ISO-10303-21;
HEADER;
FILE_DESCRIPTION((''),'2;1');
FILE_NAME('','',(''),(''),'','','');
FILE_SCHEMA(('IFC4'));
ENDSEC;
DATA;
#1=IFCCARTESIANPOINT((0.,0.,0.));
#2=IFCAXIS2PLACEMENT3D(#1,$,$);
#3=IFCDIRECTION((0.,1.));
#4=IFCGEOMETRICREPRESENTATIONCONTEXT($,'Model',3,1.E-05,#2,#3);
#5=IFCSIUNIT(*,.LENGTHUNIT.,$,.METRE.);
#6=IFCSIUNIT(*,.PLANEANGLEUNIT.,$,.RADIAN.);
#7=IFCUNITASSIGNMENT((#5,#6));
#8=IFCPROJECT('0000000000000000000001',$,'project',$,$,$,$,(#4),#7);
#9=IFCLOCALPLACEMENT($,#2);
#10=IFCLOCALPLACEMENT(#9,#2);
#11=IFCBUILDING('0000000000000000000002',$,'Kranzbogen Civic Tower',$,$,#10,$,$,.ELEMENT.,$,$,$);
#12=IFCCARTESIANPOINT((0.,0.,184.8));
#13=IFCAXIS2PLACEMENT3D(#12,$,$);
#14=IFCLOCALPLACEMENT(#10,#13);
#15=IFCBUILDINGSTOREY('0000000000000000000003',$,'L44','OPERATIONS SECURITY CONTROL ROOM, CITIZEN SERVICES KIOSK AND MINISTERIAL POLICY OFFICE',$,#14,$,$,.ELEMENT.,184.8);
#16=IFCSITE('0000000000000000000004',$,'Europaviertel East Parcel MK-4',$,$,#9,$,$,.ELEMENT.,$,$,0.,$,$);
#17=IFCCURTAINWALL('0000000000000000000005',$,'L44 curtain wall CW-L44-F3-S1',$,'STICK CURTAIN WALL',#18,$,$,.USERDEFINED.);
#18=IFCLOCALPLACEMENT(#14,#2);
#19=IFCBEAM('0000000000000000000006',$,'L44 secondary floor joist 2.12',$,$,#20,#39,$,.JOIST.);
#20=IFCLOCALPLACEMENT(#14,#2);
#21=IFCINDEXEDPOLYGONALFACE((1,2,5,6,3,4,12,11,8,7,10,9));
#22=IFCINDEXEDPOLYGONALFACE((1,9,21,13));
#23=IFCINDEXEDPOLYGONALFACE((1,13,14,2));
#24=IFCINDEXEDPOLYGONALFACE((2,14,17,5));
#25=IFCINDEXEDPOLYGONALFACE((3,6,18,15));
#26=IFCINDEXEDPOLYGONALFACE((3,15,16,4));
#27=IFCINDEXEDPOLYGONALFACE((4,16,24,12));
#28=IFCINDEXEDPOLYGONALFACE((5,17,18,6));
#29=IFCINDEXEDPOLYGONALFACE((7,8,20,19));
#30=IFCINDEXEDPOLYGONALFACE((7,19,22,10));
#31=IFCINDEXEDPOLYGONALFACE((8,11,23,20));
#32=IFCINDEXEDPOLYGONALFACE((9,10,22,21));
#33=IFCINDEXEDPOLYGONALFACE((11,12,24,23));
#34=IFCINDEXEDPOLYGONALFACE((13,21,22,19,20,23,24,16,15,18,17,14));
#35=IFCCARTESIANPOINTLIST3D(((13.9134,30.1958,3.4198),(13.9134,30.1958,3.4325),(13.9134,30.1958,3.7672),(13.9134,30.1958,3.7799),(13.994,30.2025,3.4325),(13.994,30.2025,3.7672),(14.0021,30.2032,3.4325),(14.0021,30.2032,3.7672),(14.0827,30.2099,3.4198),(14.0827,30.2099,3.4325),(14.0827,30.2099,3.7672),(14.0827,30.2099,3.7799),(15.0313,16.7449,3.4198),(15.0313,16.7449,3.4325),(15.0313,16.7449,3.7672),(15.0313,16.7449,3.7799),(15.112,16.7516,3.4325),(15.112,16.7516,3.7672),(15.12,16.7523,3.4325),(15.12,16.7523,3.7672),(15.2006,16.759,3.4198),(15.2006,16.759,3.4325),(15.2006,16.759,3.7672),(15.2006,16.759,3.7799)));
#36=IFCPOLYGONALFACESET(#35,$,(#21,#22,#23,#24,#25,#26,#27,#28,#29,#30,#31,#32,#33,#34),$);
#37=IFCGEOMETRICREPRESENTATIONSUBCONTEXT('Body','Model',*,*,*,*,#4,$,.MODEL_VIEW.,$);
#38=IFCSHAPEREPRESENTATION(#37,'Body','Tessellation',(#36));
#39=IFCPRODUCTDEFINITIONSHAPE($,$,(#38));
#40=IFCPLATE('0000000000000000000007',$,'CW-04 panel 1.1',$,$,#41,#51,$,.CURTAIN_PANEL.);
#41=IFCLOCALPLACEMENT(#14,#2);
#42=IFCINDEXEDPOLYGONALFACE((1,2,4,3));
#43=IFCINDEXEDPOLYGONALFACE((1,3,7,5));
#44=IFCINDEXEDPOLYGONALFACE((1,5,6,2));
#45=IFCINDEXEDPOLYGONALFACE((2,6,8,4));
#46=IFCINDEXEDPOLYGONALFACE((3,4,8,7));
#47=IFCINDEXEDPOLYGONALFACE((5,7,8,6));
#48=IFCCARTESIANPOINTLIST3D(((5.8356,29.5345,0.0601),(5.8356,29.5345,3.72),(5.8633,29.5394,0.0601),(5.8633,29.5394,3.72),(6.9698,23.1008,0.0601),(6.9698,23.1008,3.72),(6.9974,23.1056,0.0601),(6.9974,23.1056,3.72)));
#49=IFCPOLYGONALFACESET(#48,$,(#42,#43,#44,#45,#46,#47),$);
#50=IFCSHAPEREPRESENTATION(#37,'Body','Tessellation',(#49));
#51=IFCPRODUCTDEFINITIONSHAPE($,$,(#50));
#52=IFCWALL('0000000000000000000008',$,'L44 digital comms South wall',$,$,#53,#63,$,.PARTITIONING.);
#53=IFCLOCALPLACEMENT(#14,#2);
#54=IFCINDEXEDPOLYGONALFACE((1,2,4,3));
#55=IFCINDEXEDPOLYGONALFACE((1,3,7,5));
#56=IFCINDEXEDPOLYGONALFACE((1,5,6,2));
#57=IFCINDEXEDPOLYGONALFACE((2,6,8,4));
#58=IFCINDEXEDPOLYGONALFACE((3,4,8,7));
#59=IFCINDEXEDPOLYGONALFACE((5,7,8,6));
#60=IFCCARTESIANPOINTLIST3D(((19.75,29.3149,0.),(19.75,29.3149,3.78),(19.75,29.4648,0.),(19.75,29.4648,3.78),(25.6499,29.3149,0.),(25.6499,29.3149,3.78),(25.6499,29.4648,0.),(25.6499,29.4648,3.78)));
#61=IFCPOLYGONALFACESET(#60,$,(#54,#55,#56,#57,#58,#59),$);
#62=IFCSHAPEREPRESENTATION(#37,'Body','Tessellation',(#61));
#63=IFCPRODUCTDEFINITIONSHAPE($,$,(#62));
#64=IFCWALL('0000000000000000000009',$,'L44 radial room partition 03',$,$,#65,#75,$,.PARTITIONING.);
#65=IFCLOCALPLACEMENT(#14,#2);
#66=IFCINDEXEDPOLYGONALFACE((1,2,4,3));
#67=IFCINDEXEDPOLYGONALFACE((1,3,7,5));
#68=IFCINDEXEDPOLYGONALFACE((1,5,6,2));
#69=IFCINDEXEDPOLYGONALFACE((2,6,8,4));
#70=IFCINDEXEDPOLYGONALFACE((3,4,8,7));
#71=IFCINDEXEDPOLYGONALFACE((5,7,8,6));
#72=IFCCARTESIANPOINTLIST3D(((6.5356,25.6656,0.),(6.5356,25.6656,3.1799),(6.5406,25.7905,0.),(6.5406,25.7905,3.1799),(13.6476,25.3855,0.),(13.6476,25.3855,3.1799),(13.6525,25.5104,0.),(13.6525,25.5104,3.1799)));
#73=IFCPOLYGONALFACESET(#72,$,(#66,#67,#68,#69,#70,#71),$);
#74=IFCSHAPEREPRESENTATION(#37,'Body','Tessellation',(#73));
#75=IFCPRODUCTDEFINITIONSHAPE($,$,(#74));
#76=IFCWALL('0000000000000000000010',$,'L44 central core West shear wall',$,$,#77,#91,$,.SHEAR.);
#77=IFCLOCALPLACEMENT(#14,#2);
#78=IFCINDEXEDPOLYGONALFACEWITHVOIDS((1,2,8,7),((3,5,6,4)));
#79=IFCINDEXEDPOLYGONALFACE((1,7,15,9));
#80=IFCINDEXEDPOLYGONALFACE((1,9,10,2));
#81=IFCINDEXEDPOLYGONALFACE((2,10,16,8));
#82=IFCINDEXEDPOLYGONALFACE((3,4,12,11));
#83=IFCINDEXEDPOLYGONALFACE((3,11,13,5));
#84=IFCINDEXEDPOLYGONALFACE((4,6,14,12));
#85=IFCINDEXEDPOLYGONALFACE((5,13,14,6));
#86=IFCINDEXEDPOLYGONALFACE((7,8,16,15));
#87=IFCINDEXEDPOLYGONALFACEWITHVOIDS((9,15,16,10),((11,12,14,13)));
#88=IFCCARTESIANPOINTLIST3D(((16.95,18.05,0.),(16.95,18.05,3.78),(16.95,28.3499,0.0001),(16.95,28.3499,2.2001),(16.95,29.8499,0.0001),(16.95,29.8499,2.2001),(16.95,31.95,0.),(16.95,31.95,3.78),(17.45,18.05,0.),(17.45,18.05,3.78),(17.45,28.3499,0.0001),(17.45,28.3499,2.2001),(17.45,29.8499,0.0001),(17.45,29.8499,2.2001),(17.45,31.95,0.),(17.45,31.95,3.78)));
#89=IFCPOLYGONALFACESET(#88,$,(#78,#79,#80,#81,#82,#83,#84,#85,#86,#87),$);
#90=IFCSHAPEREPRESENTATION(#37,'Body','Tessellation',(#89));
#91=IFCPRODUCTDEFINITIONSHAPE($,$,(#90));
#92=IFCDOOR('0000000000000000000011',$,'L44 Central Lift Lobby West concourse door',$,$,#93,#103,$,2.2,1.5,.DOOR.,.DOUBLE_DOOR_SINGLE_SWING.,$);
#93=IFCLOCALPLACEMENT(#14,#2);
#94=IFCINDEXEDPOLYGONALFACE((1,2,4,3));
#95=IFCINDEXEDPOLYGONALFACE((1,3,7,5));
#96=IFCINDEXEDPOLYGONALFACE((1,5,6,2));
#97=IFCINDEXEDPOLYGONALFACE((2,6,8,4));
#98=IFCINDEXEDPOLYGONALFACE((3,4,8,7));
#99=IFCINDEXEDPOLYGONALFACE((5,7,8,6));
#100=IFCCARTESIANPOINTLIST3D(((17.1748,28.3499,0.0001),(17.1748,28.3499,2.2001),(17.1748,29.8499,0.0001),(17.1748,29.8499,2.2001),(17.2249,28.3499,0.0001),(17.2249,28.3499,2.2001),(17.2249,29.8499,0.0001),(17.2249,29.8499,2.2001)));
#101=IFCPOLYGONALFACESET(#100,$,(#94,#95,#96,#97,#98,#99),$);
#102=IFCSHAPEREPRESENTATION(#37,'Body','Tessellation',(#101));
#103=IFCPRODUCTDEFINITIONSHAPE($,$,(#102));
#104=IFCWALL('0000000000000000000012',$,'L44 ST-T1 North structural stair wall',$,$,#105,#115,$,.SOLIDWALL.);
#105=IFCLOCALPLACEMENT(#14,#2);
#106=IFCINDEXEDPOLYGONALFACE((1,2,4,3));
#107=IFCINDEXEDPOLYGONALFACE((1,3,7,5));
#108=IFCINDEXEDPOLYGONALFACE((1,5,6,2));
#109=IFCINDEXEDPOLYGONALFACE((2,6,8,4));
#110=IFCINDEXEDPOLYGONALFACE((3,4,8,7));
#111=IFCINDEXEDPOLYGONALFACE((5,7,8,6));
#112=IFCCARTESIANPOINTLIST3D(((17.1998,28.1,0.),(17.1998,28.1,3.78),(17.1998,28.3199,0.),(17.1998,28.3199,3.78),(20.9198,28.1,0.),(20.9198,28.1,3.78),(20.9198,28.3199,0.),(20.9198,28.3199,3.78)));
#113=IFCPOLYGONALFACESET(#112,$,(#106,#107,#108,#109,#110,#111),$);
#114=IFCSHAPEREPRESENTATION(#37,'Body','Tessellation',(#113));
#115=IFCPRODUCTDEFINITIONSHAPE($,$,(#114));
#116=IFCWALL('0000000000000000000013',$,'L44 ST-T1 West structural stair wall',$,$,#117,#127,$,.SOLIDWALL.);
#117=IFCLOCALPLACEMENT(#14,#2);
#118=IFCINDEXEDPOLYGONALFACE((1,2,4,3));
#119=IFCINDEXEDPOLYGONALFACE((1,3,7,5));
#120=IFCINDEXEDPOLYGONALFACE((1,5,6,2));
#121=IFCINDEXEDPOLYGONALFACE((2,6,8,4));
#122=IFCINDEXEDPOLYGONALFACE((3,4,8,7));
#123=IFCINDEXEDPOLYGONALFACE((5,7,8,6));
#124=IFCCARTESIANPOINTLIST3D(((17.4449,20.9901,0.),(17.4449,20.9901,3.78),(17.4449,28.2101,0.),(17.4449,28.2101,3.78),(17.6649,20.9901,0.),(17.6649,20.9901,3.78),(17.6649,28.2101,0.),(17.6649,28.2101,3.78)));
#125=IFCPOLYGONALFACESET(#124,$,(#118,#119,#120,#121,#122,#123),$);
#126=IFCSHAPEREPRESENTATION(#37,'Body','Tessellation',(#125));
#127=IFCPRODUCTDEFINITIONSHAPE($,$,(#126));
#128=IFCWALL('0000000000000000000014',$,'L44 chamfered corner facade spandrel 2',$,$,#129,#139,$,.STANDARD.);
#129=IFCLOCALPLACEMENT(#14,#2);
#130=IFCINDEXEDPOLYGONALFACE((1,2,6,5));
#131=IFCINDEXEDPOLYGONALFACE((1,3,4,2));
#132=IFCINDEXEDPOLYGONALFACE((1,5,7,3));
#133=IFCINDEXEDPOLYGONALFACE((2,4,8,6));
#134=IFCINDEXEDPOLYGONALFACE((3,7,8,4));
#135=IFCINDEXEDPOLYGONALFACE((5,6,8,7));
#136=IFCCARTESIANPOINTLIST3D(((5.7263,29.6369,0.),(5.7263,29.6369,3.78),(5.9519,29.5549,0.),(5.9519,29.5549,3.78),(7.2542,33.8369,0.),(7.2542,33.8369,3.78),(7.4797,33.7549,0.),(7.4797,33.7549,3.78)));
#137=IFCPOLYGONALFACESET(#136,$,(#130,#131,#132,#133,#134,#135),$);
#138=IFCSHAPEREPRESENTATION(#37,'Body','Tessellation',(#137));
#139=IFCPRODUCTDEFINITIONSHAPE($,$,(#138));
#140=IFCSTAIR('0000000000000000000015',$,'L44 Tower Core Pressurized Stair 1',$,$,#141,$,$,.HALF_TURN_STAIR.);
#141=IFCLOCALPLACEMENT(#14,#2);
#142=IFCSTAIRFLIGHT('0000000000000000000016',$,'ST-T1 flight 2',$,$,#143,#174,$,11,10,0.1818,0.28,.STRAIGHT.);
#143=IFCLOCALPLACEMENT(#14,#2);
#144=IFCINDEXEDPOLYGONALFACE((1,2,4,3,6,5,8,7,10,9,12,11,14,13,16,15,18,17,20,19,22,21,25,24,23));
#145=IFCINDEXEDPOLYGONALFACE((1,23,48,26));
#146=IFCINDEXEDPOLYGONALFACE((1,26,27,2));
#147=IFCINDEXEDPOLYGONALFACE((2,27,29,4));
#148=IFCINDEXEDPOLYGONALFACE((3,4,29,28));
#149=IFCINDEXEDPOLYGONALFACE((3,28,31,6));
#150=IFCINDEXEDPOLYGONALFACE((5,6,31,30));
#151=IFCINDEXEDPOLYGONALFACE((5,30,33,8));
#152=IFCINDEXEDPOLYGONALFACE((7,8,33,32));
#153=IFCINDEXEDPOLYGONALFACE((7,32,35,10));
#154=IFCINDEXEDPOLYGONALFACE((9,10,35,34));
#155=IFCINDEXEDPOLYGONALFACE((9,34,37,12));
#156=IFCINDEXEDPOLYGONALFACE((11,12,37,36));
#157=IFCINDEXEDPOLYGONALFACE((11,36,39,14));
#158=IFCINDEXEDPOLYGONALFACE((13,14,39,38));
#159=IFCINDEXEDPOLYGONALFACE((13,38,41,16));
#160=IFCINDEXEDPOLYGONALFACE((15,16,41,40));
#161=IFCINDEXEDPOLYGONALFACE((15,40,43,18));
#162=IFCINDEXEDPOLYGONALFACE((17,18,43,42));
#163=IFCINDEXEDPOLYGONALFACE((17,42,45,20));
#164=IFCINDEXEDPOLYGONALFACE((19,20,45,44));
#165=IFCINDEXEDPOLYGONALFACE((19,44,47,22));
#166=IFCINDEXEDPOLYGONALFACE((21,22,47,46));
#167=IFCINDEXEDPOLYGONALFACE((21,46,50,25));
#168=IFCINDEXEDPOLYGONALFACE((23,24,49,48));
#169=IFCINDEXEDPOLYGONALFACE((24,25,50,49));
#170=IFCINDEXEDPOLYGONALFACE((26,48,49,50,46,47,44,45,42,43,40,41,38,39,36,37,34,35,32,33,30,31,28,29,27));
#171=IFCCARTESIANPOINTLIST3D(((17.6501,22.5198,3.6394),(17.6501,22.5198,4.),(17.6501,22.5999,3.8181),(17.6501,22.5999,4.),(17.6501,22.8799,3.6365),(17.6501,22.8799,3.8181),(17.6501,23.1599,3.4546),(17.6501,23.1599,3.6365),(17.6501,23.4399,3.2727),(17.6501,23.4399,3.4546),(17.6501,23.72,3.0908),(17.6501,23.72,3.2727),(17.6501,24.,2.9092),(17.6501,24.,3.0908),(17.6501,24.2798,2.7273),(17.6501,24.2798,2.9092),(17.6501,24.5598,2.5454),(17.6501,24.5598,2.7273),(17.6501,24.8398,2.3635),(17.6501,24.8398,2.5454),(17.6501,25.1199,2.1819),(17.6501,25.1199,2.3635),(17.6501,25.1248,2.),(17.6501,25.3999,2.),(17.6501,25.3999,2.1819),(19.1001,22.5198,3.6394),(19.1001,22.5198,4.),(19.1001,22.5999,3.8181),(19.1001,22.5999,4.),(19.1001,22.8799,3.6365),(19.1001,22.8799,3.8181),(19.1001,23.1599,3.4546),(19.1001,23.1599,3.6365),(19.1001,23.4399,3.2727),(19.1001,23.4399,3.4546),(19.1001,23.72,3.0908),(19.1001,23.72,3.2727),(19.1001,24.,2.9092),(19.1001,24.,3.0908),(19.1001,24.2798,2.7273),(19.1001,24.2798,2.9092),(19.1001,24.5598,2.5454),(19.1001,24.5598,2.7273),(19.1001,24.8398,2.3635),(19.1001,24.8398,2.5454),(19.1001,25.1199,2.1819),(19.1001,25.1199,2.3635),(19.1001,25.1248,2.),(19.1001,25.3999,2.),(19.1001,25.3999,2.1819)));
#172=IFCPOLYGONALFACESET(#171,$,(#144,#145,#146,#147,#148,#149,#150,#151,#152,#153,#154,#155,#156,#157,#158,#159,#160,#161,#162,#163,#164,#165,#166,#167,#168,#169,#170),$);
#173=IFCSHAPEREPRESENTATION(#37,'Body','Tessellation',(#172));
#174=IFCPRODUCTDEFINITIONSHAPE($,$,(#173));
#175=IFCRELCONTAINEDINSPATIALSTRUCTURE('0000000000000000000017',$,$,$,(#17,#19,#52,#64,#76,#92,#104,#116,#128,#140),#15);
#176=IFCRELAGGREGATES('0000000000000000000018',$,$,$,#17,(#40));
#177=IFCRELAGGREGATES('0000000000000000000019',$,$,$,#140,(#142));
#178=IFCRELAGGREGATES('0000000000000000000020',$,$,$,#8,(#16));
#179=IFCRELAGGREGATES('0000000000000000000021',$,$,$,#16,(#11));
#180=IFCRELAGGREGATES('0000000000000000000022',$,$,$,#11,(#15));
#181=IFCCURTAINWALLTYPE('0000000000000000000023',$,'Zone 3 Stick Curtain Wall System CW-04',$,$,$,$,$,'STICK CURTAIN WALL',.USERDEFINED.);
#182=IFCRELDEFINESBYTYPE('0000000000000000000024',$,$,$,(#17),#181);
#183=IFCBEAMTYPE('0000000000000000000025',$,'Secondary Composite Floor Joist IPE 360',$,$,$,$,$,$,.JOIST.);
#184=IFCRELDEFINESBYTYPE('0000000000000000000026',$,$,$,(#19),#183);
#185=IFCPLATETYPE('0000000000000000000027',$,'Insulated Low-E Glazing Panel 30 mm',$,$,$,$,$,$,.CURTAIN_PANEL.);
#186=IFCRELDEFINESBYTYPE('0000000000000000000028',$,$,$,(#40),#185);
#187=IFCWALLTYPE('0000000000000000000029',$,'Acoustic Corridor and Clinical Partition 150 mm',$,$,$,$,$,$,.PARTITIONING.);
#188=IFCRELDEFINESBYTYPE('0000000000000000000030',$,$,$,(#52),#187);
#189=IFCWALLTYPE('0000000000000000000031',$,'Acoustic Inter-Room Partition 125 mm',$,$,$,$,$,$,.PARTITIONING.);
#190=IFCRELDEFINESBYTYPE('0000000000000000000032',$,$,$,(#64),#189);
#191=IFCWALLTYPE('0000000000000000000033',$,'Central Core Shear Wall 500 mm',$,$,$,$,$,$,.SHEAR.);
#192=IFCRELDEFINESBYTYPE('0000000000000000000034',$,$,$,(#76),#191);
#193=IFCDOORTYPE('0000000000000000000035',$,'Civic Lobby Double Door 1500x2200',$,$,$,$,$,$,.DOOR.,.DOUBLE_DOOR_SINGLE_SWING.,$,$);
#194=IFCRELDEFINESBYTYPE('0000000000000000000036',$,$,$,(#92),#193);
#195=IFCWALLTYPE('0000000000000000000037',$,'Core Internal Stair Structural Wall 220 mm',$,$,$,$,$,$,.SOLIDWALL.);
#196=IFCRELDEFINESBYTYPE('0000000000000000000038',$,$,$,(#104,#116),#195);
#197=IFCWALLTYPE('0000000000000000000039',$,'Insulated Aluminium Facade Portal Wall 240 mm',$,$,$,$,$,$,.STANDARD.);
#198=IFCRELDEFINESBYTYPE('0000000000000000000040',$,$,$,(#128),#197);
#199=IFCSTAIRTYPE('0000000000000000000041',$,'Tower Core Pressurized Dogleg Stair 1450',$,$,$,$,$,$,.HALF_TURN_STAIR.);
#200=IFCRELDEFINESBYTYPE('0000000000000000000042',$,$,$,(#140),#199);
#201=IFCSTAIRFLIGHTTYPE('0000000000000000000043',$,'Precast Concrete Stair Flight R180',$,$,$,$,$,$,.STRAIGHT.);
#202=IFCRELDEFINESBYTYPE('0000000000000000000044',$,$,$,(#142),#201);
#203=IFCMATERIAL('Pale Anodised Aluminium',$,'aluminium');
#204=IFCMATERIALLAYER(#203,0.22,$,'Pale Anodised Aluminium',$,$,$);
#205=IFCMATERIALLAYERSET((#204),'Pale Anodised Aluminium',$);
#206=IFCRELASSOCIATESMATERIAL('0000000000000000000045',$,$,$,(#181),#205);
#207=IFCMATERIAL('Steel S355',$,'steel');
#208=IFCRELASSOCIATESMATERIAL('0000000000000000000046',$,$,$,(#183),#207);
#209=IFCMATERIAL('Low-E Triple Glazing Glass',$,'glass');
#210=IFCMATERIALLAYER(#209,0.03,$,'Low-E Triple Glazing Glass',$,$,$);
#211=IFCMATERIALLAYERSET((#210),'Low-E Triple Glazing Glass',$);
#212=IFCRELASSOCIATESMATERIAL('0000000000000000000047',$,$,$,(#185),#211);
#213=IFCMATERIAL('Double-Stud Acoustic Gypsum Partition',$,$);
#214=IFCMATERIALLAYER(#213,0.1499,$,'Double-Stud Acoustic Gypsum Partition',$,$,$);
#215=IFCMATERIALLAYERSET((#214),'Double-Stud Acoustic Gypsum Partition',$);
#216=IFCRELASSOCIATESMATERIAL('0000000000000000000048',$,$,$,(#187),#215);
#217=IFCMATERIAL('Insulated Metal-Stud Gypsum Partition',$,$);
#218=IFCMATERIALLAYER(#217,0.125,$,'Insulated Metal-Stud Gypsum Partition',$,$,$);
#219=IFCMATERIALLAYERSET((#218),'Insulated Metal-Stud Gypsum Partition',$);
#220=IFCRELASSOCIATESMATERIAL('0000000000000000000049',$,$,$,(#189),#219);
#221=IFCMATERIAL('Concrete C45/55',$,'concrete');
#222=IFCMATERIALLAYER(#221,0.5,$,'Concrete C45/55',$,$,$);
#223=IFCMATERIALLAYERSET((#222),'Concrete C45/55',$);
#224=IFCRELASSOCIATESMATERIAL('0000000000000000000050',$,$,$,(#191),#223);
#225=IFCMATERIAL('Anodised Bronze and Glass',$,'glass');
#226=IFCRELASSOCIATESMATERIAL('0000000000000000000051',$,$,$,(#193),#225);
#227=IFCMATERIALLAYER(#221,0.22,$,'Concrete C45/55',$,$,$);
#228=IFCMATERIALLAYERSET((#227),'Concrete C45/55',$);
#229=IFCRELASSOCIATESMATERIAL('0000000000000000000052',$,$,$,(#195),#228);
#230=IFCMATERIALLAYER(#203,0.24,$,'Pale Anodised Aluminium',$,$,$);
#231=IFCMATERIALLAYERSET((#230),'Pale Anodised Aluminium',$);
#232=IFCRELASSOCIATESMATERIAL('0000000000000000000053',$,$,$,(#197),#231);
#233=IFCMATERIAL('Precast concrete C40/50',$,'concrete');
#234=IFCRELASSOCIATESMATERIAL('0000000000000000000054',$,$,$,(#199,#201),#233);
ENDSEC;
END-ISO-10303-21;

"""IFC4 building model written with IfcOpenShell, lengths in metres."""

from ifc_helpers import new_model, si_unit, direction, frame, frame_2d, origin, origin_2d, place, context, subcontext, project, spatial, polyline, rectangle, i_section, outline, extrude, material, layer, layer_set, material_profile, profile_set, type_object, element, fill, aggregate, save


model = new_model("IFC4")

# Units and contexts
model_context = context("Model", 3, precision=1e-05, world=origin(), true_north=direction((0.0, 1.0)))
body_context = subcontext(model_context, "Body", "Model", "MODEL_VIEW")
ifc_project = project(units=[si_unit("LENGTHUNIT", "METRE"), si_unit("PLANEANGLEUNIT", "RADIAN")], contexts=[model_context])

# Site, building, storey
site_placement = place(None, origin())
site = spatial("IfcSite", under=ifc_project, at=site_placement, Name="Europaviertel East Parcel MK-4", CompositionType="ELEMENT", RefElevation=0.0)
building_placement = place(site_placement, origin())
building = spatial("IfcBuilding", under=site, at=building_placement, Name="Kranzbogen Civic Tower", CompositionType="ELEMENT")
storey_placement = place(building_placement, frame((0.0, 0.0, 184.8)))
storey = spatial("IfcBuildingStorey", under=building, at=storey_placement, Name="L44", Description="OPERATIONS SECURITY CONTROL ROOM, CITIZEN SERVICES KIOSK AND MINISTERIAL POLICY OFFICE", CompositionType="ELEMENT", Elevation=184.8)

# Shared definitions
ifc_material_1 = material(Name="Steel S355", Category="steel")

# Shared definitions
ifc_material_2 = material(Name="Pale Anodised Aluminium", Category="aluminium")
ifc_layer_1 = layer(ifc_material_2, 0.22, Name="Pale Anodised Aluminium")
ifc_layer_set_1 = layer_set([ifc_layer_1], Name="Pale Anodised Aluminium")
curtain_wall_type = type_object("IfcCurtainWallType", Name="Zone 3 Stick Curtain Wall System CW-04", ElementType="STICK CURTAIN WALL", PredefinedType="USERDEFINED", material=ifc_layer_set_1)

# Curtain wall
curtain_wall_1_placement = place(storey_placement, origin())
curtain_wall_1 = element("IfcCurtainWall", 1, at=curtain_wall_1_placement, inside=storey, type_object=curtain_wall_type, Name="L44 curtain wall CW-L44-F3-S1", ObjectType="STICK CURTAIN WALL", PredefinedType="USERDEFINED")

# Beam
ifc_material_profile_1 = material_profile(ifc_material_1, i_section(OverallWidth=0.1699, OverallDepth=0.3601, WebThickness=0.0081, FlangeThickness=0.0127, at=origin_2d()), Name="IPE 360")
ifc_profile_set_1 = profile_set([ifc_material_profile_1], Name="Steel S355")
beam_type_1 = type_object("IfcBeamType", Name="Secondary Composite Floor Joist IPE 360", PredefinedType="JOIST", material=ifc_profile_set_1)
beam_1_placement = place(storey_placement, frame((13.998, 30.2029, 3.5999), z_axis=(0.082825, -0.996564, 0.0), x_axis=(0.996564, 0.082825, 0.0)))
element("IfcBeam", 2, at=beam_1_placement, inside=storey, type_object=beam_type_1, Name="L44 secondary floor joist 2.12", PredefinedType="JOIST", context=body_context, shape_type="SweptSolid", body=[
    extrude(i_section(OverallWidth=0.1699, OverallDepth=0.3601, WebThickness=0.0081, FlangeThickness=0.0127, at=origin_2d()), origin(), (0.0, 0.0, 1.0), 13.4973),
])

# Plate
ifc_material_3 = material(Name="Low-E Triple Glazing Glass", Category="glass")
ifc_layer_2 = layer(ifc_material_3, 0.03, Name="Low-E Triple Glazing Glass")
ifc_layer_set_2 = layer_set([ifc_layer_2], Name="Low-E Triple Glazing Glass")
plate_type = type_object("IfcPlateType", Name="Insulated Low-E Glazing Panel 30 mm", PredefinedType="CURTAIN_PANEL", material=ifc_layer_set_2)
plate_placement = place(storey_placement, frame((6.4165, 26.3201, 0.0601), z_axis=(0.0, 0.0, 1.0), x_axis=(0.173605, -0.984815, 0.0)))
plate = element("IfcPlate", 3, at=plate_placement, type_object=plate_type, Name="CW-04 panel 1.1", PredefinedType="CURTAIN_PANEL", context=body_context, shape_type="SweptSolid", body=[
    extrude(rectangle(XDim=6.533, YDim=0.0281, at=origin_2d()), origin(), (0.0, 0.0, 1.0), 3.6599),
])
aggregate(curtain_wall_1, [plate])

# Walls
ifc_material_4 = material(Name="Double-Stud Acoustic Gypsum Partition")
ifc_layer_3 = layer(ifc_material_4, 0.1499, Name="Double-Stud Acoustic Gypsum Partition")
ifc_layer_set_3 = layer_set([ifc_layer_3], Name="Double-Stud Acoustic Gypsum Partition")
wall_type_1 = type_object("IfcWallType", Name="Acoustic Corridor and Clinical Partition 150 mm", PredefinedType="PARTITIONING", material=ifc_layer_set_3)
wall_1_placement = place(storey_placement, frame((19.75, 29.3899, 0.0), z_axis=(0.0, 0.0, 1.0), x_axis=(1.0, 0.0, 0.0)))
element("IfcWall", 4, at=wall_1_placement, inside=storey, type_object=wall_type_1, Name="L44 digital comms South wall", PredefinedType="PARTITIONING", context=body_context, shape_type="SweptSolid", body=[
    extrude(rectangle(XDim=5.8999, YDim=0.1499, at=frame_2d((2.95, 0.0))), origin(), (0.0, 0.0, 1.0), 3.78),
])
ifc_material_5 = material(Name="Insulated Metal-Stud Gypsum Partition")
ifc_layer_4 = layer(ifc_material_5, 0.125, Name="Insulated Metal-Stud Gypsum Partition")
ifc_layer_set_4 = layer_set([ifc_layer_4], Name="Insulated Metal-Stud Gypsum Partition")
wall_type_2 = type_object("IfcWallType", Name="Acoustic Inter-Room Partition 125 mm", PredefinedType="PARTITIONING", material=ifc_layer_set_4)
wall_2_placement = place(storey_placement, frame((13.6499, 25.448, 0.0), z_axis=(0.0, 0.0, 1.0), x_axis=(-0.999226, 0.039345, 0.0)))
element("IfcWall", 5, at=wall_2_placement, inside=storey, type_object=wall_type_2, Name="L44 radial room partition 03", PredefinedType="PARTITIONING", context=body_context, shape_type="SweptSolid", body=[
    extrude(rectangle(XDim=7.1174, YDim=0.125, at=frame_2d((3.5586, 0.0))), origin(), (0.0, 0.0, 1.0), 3.1799),
])

# Wall, opening, door
ifc_material_6 = material(Name="Concrete C45/55", Category="concrete")
ifc_layer_5 = layer(ifc_material_6, 0.5, Name="Concrete C45/55")
ifc_layer_set_5 = layer_set([ifc_layer_5], Name="Concrete C45/55")
wall_type_3 = type_object("IfcWallType", Name="Central Core Shear Wall 500 mm", PredefinedType="SHEAR", material=ifc_layer_set_5)
wall_3_placement = place(storey_placement, frame((17.2, 31.95, 0.0), z_axis=(0.0, 0.0, 1.0), x_axis=(0.0, -1.0, 0.0)))
wall_3 = element("IfcWall", 6, at=wall_3_placement, inside=storey, type_object=wall_type_3, Name="L44 central core West shear wall", PredefinedType="SHEAR", context=body_context, shape_type="SweptSolid", body=[
    extrude(rectangle(XDim=13.8999, YDim=0.5, at=frame_2d((6.95, 0.0))), origin(), (0.0, 0.0, 1.0), 3.78),
])
opening_placement = place(wall_3_placement, frame((2.1001, 0.0, 0.0)))
opening = element("IfcOpeningElement", 7, at=opening_placement, cuts=wall_3, PredefinedType="OPENING", context=body_context, shape_type="SweptSolid", body=[
    extrude(rectangle(XDim=1.5, YDim=2.2, at=frame_2d((0.75, 1.1001))), frame((0.0, 0.26, 0.0), z_axis=(0.0, -1.0, 0.0), x_axis=(1.0, 0.0, 0.0)), (0.0, 0.0, 1.0), 0.52),
])
ifc_material_7 = material(Name="Anodised Bronze and Glass", Category="glass")
door_type = type_object("IfcDoorType", Name="Civic Lobby Double Door 1500x2200", OperationType="DOUBLE_DOOR_SINGLE_SWING", PredefinedType="DOOR", material=ifc_material_7)
door_placement = place(opening_placement, origin())
door = element("IfcDoor", 8, at=door_placement, inside=storey, type_object=door_type, Name="L44 Central Lift Lobby West concourse door", OperationType="DOUBLE_DOOR_SINGLE_SWING", OverallHeight=2.2, OverallWidth=1.5, PredefinedType="DOOR", context=body_context, shape_type="SweptSolid", body=[
    extrude(rectangle(XDim=1.5, YDim=2.2, at=frame_2d((0.75, 1.1001))), frame((0.0, 0.0249, 0.0), z_axis=(0.0, -1.0, 0.0), x_axis=(1.0, 0.0, 0.0)), (0.0, 0.0, 1.0), 0.05),
])
fill(opening, door)

# Walls
ifc_layer_6 = layer(ifc_material_6, 0.22, Name="Concrete C45/55")
ifc_layer_set_6 = layer_set([ifc_layer_6], Name="Concrete C45/55")
wall_type_4 = type_object("IfcWallType", Name="Core Internal Stair Structural Wall 220 mm", PredefinedType="SOLIDWALL", material=ifc_layer_set_6)
wall_4_placement = place(storey_placement, frame((17.2, 28.21, 0.0), z_axis=(0.0, 0.0, 1.0), x_axis=(1.0, 0.0, 0.0)))
element("IfcWall", 9, at=wall_4_placement, inside=storey, type_object=wall_type_4, Name="L44 ST-T1 North structural stair wall", PredefinedType="SOLIDWALL", context=body_context, shape_type="SweptSolid", body=[
    extrude(rectangle(XDim=3.72, YDim=0.22, at=frame_2d((1.8599, 0.0))), origin(), (0.0, 0.0, 1.0), 3.78),
])
wall_5_placement = place(storey_placement, frame((17.5549, 28.21, 0.0), z_axis=(0.0, 0.0, 1.0), x_axis=(0.0, -1.0, 0.0)))
element("IfcWall", 10, at=wall_5_placement, inside=storey, type_object=wall_type_4, Name="L44 ST-T1 West structural stair wall", PredefinedType="SOLIDWALL", context=body_context, shape_type="SweptSolid", body=[
    extrude(rectangle(XDim=7.22, YDim=0.22, at=frame_2d((3.6099, 0.0))), origin(), (0.0, 0.0, 1.0), 3.78),
])
ifc_layer_7 = layer(ifc_material_2, 0.24, Name="Pale Anodised Aluminium")
ifc_layer_set_7 = layer_set([ifc_layer_7], Name="Pale Anodised Aluminium")
wall_type_5 = type_object("IfcWallType", Name="Insulated Aluminium Facade Portal Wall 240 mm", PredefinedType="STANDARD", material=ifc_layer_set_7)
wall_6_placement = place(storey_placement, frame((7.3669, 33.7959, 0.0), z_axis=(0.0, 0.0, 1.0), x_axis=(-0.341857, -0.939752, 0.0)))
element("IfcWall", 11, at=wall_6_placement, inside=storey, type_object=wall_type_5, Name="L44 chamfered corner facade spandrel 2", PredefinedType="STANDARD", context=body_context, shape_type="SweptSolid", body=[
    extrude(rectangle(XDim=4.4692, YDim=0.24, at=frame_2d((2.2346, 0.0))), origin(), (0.0, 0.0, 1.0), 3.78),
])

# Stair, stair flight
ifc_material_8 = material(Name="Precast concrete C40/50", Category="concrete")
stair_type = type_object("IfcStairType", Name="Tower Core Pressurized Dogleg Stair 1450", PredefinedType="HALF_TURN_STAIR", material=ifc_material_8)
stair_placement = place(storey_placement, origin())
stair = element("IfcStair", 12, at=stair_placement, inside=storey, type_object=stair_type, Name="L44 Tower Core Pressurized Stair 1", PredefinedType="HALF_TURN_STAIR")
stair_flight_type = type_object("IfcStairFlightType", Name="Precast Concrete Stair Flight R180", PredefinedType="STRAIGHT", material=ifc_material_8)
stair_flight_placement = place(storey_placement, frame((18.375, 25.3999, 2.0), z_axis=(0.0, 0.0, 1.0), x_axis=(0.0, -1.0, 0.0)))
stair_flight = element("IfcStairFlight", 13, at=stair_flight_placement, type_object=stair_flight_type, Name="ST-T1 flight 2", NumberOfRisers=11, NumberOfTreads=10, PredefinedType="STRAIGHT", RiserHeight=0.1818, TreadLength=0.28, context=body_context, shape_type="SweptSolid", body=[
    extrude(outline(polyline([(0.0, 0.0), (0.0, 0.1819), (0.28, 0.1819), (0.28, 0.3635), (0.5601, 0.3635), (0.5601, 0.5454), (0.8401, 0.5454), (0.8401, 0.7273), (1.1201, 0.7273), (1.1201, 0.9092), (1.3999, 0.9092), (1.3999, 1.0908), (1.6799, 1.0908), (1.6799, 1.2727), (1.96, 1.2727), (1.96, 1.4546), (2.24, 1.4546), (2.24, 1.6365), (2.52, 1.6365), (2.52, 1.8181), (2.8, 1.8181), (2.8, 2.0), (2.8801, 2.0), (2.8801, 1.6394), (0.2751, 0.0), (0.0, 0.0)])), frame((0.0, 0.7251, 0.0), z_axis=(0.0, -1.0, 0.0), x_axis=(1.0, 0.0, 0.0)), (0.0, 0.0, 1.0), 1.45),
])
aggregate(stair, [stair_flight])

save(model, "model.ifc")
